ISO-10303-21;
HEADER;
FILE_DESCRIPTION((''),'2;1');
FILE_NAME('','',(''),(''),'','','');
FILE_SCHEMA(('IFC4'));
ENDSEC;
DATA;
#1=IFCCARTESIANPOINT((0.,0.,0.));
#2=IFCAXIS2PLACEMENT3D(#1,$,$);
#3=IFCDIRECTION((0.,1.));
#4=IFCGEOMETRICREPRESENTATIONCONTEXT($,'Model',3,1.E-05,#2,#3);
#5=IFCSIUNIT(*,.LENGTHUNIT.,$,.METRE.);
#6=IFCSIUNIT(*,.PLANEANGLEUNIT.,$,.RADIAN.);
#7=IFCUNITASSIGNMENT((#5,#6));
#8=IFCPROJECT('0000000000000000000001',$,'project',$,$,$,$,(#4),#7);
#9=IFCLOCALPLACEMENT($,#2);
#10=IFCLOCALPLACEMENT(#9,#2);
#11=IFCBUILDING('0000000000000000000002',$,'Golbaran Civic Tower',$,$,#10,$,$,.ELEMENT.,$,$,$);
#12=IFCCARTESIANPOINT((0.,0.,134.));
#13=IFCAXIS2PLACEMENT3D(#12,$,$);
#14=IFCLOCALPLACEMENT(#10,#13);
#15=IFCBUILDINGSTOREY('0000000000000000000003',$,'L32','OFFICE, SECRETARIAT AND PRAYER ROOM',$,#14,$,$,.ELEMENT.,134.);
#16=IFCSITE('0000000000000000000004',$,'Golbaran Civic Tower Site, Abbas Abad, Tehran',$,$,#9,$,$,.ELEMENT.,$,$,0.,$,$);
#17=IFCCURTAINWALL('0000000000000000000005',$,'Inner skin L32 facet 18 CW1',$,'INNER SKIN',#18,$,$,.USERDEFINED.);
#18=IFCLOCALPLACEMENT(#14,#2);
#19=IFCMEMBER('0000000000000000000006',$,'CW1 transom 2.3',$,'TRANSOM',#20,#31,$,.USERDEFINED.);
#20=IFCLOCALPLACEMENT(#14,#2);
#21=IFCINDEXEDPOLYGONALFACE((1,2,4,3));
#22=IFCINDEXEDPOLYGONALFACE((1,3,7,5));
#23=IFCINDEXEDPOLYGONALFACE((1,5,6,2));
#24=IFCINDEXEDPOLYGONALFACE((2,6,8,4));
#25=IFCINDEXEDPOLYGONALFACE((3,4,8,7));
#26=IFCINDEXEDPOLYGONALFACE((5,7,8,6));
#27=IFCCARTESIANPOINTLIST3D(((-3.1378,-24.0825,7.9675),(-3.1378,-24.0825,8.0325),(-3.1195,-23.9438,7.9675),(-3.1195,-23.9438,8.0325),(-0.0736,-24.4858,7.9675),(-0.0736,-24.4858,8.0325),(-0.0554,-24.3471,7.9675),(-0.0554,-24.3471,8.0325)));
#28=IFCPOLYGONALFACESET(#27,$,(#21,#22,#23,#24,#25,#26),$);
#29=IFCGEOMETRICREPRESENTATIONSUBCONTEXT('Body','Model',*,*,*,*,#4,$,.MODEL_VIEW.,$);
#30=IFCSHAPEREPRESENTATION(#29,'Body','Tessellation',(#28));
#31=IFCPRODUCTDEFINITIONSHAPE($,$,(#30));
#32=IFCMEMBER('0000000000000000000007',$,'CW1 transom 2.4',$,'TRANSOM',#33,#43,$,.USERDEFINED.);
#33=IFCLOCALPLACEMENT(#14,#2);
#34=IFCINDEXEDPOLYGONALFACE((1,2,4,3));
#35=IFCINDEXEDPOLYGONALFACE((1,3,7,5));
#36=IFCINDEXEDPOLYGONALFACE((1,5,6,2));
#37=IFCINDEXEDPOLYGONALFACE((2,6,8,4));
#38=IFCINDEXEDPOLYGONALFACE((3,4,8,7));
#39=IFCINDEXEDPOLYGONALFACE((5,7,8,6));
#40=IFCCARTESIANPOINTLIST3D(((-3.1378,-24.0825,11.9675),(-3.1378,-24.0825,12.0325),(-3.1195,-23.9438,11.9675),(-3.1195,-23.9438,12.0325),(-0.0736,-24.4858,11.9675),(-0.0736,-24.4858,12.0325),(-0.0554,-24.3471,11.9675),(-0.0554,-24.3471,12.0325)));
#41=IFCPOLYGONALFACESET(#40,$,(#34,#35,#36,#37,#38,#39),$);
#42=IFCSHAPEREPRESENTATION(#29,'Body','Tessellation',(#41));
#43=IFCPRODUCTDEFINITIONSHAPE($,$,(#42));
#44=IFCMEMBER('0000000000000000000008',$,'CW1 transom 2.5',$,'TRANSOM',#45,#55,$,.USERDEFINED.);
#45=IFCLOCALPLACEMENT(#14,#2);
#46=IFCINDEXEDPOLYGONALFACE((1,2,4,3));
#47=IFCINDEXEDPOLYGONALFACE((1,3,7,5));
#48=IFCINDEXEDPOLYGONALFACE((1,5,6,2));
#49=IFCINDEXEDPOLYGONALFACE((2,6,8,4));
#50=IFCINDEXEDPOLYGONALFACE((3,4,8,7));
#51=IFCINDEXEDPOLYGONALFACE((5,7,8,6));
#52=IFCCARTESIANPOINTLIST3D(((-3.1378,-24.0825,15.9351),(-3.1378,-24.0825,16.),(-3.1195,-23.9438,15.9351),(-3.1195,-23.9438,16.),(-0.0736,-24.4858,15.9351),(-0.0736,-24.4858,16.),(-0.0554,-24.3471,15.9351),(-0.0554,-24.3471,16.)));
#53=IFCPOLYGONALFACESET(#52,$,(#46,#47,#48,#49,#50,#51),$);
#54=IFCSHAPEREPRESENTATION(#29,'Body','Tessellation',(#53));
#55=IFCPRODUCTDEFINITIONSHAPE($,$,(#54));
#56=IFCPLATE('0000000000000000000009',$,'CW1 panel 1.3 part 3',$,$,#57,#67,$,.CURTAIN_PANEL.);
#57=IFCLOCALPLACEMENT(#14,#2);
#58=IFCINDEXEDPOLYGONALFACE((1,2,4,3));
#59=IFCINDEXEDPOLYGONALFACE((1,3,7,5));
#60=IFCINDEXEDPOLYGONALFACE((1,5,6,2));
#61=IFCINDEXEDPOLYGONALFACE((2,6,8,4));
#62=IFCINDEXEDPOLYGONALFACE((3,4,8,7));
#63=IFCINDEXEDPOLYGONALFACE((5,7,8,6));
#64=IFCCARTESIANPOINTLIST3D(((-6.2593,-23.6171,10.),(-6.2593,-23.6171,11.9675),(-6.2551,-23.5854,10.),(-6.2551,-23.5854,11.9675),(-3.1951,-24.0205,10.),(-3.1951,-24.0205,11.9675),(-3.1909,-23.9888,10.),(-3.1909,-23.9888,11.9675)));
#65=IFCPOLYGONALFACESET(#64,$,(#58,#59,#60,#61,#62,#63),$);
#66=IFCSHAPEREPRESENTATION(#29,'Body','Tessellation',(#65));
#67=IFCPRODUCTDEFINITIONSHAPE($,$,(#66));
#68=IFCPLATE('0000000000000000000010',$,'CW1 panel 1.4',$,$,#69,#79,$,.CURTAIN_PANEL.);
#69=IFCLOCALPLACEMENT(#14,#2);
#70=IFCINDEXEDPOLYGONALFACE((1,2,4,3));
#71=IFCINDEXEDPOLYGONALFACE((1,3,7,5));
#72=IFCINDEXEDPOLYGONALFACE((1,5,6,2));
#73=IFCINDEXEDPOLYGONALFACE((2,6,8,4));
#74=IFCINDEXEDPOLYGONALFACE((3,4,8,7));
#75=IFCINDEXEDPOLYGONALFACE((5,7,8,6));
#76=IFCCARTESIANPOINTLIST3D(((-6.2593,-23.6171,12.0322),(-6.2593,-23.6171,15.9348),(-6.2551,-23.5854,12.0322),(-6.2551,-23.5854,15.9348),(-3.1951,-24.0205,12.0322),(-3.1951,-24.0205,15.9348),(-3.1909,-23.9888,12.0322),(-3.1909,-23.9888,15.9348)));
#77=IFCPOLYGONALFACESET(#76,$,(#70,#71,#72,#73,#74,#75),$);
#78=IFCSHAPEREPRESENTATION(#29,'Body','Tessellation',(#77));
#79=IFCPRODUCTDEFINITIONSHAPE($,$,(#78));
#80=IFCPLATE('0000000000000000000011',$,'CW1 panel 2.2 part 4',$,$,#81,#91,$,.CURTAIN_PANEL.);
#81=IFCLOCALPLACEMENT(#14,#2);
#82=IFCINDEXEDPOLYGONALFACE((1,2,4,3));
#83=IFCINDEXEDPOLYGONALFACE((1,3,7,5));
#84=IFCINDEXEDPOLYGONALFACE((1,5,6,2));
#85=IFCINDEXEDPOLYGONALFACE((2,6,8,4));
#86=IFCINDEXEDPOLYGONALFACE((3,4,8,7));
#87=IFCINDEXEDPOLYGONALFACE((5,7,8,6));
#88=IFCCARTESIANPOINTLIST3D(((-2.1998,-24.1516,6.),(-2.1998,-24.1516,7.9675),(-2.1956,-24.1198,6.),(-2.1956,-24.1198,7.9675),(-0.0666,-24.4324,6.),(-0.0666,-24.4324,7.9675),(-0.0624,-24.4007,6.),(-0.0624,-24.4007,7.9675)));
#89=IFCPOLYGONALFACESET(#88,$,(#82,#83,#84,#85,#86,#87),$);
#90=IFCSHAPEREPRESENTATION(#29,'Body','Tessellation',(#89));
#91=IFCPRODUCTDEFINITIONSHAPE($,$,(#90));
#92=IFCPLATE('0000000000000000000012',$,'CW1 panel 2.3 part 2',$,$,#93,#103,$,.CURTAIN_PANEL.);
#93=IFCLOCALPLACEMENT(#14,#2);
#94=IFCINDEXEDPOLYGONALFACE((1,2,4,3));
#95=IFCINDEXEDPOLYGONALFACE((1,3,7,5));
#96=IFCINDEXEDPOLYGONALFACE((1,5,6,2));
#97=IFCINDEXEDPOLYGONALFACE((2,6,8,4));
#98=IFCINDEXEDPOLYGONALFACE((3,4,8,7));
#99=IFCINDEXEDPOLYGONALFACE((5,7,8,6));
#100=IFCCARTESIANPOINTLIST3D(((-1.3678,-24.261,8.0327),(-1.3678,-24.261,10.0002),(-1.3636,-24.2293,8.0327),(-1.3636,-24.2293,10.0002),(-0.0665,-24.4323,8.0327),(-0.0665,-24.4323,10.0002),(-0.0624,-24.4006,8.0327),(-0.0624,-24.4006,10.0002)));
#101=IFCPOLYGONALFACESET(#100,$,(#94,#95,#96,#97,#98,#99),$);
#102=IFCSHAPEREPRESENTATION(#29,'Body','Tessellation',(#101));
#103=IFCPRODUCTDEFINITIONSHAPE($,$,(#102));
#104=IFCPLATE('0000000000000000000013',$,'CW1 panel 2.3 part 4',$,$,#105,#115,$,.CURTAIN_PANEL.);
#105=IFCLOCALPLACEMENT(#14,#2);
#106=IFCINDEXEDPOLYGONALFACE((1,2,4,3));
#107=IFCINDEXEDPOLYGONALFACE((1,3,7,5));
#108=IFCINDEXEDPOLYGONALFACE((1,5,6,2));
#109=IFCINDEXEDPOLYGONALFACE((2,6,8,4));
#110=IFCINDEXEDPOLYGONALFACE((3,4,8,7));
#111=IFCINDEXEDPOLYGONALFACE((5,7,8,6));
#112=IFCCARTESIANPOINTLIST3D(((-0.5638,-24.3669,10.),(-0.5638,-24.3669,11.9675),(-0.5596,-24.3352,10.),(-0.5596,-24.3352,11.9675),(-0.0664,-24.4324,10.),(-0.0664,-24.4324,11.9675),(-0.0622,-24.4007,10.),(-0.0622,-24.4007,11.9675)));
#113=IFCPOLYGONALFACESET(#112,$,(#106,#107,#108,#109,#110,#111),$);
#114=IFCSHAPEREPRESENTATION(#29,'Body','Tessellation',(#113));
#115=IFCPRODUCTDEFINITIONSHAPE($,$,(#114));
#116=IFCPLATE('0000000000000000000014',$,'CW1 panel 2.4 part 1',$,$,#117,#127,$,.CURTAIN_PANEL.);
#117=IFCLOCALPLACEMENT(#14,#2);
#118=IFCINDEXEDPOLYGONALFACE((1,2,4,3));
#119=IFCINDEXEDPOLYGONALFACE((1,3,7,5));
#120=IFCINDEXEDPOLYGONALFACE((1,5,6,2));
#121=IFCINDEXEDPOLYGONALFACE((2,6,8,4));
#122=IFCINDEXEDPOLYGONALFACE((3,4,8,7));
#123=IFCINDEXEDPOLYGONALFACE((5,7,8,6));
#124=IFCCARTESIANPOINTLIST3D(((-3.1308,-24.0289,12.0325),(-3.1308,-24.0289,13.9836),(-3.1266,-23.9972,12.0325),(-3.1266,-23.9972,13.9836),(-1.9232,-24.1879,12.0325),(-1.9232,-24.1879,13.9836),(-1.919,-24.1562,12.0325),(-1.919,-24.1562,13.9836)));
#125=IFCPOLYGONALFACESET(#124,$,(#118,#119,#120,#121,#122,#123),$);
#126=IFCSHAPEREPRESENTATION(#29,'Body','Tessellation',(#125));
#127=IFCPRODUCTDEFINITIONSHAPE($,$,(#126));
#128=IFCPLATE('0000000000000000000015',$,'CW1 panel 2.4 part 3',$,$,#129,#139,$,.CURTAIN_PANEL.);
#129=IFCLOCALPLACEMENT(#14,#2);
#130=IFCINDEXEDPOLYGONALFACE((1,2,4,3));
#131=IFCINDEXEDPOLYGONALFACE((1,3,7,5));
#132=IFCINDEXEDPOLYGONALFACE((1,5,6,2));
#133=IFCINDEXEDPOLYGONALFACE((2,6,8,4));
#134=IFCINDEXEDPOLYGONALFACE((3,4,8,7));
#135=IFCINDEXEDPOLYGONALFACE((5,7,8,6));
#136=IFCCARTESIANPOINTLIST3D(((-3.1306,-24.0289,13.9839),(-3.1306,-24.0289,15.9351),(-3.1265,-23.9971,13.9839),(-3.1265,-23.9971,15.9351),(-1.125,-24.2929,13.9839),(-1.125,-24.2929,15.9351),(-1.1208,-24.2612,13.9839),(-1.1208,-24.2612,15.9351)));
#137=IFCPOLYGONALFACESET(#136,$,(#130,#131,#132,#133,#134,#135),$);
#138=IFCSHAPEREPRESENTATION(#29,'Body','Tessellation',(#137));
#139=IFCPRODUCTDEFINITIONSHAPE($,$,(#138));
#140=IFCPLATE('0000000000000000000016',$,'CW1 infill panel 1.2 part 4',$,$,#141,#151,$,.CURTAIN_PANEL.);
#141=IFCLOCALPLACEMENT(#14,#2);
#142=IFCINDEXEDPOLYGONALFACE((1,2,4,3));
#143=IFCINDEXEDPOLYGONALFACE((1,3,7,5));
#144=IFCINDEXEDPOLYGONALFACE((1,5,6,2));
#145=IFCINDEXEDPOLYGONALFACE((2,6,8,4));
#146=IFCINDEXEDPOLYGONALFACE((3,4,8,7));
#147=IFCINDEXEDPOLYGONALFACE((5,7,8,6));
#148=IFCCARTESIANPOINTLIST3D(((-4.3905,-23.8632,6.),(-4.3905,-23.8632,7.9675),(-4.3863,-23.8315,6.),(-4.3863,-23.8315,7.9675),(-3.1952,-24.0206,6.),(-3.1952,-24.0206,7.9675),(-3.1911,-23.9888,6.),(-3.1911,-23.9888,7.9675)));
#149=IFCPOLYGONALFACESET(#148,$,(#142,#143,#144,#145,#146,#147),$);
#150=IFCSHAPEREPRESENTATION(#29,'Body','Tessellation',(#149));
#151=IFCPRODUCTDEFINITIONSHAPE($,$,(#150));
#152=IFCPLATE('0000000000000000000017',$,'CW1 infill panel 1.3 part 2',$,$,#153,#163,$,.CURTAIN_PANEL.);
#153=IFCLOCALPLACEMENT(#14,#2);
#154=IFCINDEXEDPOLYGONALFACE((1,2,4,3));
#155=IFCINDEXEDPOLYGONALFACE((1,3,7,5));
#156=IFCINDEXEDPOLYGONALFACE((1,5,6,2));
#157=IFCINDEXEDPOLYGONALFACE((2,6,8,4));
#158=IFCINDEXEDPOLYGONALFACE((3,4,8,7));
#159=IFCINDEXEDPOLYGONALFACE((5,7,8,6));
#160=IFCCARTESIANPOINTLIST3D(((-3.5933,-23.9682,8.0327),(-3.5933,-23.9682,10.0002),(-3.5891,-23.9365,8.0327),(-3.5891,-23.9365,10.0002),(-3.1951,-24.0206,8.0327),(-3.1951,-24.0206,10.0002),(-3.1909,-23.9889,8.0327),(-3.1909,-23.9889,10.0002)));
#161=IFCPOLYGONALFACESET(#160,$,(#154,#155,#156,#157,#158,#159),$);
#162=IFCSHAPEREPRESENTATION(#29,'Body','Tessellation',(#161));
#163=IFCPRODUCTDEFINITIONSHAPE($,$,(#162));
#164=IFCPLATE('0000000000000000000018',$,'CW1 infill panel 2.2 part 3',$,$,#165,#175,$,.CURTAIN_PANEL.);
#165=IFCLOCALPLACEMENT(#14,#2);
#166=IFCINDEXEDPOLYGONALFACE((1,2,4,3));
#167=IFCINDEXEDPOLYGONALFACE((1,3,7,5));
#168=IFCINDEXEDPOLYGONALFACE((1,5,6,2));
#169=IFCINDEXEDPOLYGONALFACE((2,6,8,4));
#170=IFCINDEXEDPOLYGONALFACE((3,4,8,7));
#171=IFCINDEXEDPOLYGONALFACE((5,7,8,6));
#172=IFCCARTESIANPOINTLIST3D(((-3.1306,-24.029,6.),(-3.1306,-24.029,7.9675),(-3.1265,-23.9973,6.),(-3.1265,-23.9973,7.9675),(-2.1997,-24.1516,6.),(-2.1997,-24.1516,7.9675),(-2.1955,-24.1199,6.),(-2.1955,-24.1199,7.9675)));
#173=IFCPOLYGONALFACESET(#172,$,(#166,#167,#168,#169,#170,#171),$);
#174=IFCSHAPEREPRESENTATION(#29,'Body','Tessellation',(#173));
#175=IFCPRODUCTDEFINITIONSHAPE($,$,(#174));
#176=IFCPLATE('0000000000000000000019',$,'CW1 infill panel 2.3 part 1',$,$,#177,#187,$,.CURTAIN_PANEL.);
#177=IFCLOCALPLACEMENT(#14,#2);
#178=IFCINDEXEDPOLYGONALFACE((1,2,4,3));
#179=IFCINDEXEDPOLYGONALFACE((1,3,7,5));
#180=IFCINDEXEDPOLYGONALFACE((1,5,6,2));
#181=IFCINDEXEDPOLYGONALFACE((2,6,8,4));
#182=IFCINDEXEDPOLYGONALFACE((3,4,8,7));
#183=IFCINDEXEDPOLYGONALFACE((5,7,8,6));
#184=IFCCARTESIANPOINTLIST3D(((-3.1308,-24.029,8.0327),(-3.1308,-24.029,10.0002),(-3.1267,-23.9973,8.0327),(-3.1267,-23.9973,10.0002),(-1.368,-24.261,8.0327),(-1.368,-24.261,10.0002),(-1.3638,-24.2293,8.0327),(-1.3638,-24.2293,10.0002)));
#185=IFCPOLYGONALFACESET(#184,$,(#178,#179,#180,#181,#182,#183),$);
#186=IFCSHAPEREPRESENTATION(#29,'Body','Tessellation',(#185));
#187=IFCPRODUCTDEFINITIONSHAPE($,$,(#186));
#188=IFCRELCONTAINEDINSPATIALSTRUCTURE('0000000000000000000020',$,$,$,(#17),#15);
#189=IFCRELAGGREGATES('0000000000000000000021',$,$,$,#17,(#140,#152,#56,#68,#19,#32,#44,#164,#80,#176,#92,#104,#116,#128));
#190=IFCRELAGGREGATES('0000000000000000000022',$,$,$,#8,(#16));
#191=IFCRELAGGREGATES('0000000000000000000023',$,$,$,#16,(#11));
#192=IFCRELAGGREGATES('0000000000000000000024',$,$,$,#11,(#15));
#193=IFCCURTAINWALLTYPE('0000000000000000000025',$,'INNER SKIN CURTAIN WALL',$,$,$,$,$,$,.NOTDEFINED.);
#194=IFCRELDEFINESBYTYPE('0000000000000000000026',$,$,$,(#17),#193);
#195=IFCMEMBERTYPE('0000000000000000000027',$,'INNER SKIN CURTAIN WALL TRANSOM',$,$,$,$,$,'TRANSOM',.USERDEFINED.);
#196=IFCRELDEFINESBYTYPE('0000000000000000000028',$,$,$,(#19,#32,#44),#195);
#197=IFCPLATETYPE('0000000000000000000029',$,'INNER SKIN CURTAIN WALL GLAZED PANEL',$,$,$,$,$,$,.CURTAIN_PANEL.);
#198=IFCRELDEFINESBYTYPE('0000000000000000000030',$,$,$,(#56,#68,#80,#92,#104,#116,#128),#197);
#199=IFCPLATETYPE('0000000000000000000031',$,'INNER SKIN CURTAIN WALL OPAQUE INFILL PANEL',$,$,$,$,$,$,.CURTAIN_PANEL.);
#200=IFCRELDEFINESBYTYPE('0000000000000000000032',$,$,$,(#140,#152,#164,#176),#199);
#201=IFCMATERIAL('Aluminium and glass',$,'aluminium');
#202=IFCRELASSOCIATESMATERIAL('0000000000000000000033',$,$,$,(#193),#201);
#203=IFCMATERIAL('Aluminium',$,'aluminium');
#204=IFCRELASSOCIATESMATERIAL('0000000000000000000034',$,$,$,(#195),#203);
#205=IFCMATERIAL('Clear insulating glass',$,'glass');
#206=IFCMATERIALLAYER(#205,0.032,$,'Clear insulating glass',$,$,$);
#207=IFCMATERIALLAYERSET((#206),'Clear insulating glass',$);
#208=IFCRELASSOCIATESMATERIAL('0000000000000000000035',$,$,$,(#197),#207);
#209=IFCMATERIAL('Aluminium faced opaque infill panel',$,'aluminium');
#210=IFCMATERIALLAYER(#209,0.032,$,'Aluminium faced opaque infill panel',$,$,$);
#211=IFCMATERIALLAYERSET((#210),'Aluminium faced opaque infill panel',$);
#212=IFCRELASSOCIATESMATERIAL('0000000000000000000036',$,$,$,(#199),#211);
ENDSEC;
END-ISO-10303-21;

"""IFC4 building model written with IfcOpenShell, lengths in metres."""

from ifc_helpers import new_model, si_unit, direction, frame, origin, origin_2d, place, context, subcontext, project, spatial, rectangle, extrude, material, layer, layer_set, material_profile, profile_set, type_object, element, aggregate, save


model = new_model("IFC4")

# Units and contexts
model_context = context("Model", 3, precision=1e-05, world=origin(), true_north=direction((0.0, 1.0)))
body_context = subcontext(model_context, "Body", "Model", "MODEL_VIEW")
ifc_project = project(units=[si_unit("LENGTHUNIT", "METRE"), si_unit("PLANEANGLEUNIT", "RADIAN")], contexts=[model_context])

# Site, building, storey
site_placement = place(None, origin())
site = spatial("IfcSite", under=ifc_project, at=site_placement, Name="Golbaran Civic Tower Site, Abbas Abad, Tehran", CompositionType="ELEMENT", RefElevation=0.0)
building_placement = place(site_placement, origin())
building = spatial("IfcBuilding", under=site, at=building_placement, Name="Golbaran Civic Tower", CompositionType="ELEMENT")
storey_placement = place(building_placement, frame((0.0, 0.0, 134.0)))
storey = spatial("IfcBuildingStorey", under=building, at=storey_placement, Name="L32", Description="OFFICE, SECRETARIAT AND PRAYER ROOM", CompositionType="ELEMENT", Elevation=134.0)

# Curtain wall, members, plates
ifc_material_1 = material(Name="Aluminium and glass", Category="aluminium")
curtain_wall_type_1 = type_object("IfcCurtainWallType", Name="INNER SKIN CURTAIN WALL", PredefinedType="NOTDEFINED", material=ifc_material_1)
curtain_wall_1_placement = place(storey_placement, origin())
curtain_wall_1 = element("IfcCurtainWall", 1, at=curtain_wall_1_placement, inside=storey, type_object=curtain_wall_type_1, Name="Inner skin L32 facet 18 CW1", ObjectType="INNER SKIN", PredefinedType="USERDEFINED")
ifc_material_2 = material(Name="Aluminium", Category="aluminium")
ifc_material_profile = material_profile(ifc_material_2, rectangle(XDim=0.1399, YDim=0.0649, at=origin_2d()), Name="INNER SKIN CURTAIN WALL TRANSOM")
ifc_profile_set = profile_set([ifc_material_profile], Name="Aluminium")
member_type = type_object("IfcMemberType", Name="INNER SKIN CURTAIN WALL TRANSOM", ElementType="TRANSOM", PredefinedType="USERDEFINED", material=ifc_profile_set)
member_1_placement = place(storey_placement, frame((-3.1287, -24.0132, 8.0), z_axis=(0.991449, -0.130497, 0.0), x_axis=(0.130497, 0.991449, 0.0)))
member_1 = element("IfcMember", 2, at=member_1_placement, type_object=member_type, Name="CW1 transom 2.3", ObjectType="TRANSOM", PredefinedType="USERDEFINED", context=body_context, shape_type="SweptSolid", body=[
    extrude(rectangle(XDim=0.1399, YDim=0.0649, at=origin_2d()), origin(), (0.0, 0.0, 1.0), 3.0906),
])
member_2_placement = place(storey_placement, frame((-3.1287, -24.0132, 12.0), z_axis=(0.991449, -0.130497, 0.0), x_axis=(0.130497, 0.991449, 0.0)))
member_2 = element("IfcMember", 3, at=member_2_placement, type_object=member_type, Name="CW1 transom 2.4", ObjectType="TRANSOM", PredefinedType="USERDEFINED", context=body_context, shape_type="SweptSolid", body=[
    extrude(rectangle(XDim=0.1399, YDim=0.0649, at=origin_2d()), origin(), (0.0, 0.0, 1.0), 3.0906),
])
member_3_placement = place(storey_placement, frame((-3.1287, -24.0132, 15.9675), z_axis=(0.991449, -0.130497, 0.0), x_axis=(0.130497, 0.991449, 0.0)))
member_3 = element("IfcMember", 4, at=member_3_placement, type_object=member_type, Name="CW1 transom 2.5", ObjectType="TRANSOM", PredefinedType="USERDEFINED", context=body_context, shape_type="SweptSolid", body=[
    extrude(rectangle(XDim=0.1399, YDim=0.0649, at=origin_2d()), origin(), (0.0, 0.0, 1.0), 3.0906),
])
ifc_material_3 = material(Name="Clear insulating glass", Category="glass")
ifc_layer_1 = layer(ifc_material_3, 0.032, Name="Clear insulating glass")
ifc_layer_set_1 = layer_set([ifc_layer_1], Name="Clear insulating glass")
plate_type_1 = type_object("IfcPlateType", Name="INNER SKIN CURTAIN WALL GLAZED PANEL", PredefinedType="CURTAIN_PANEL", material=ifc_layer_set_1)
plate_1_placement = place(storey_placement, frame((-4.7251, -23.803, 10.0), z_axis=(0.0, 0.0, 1.0), x_axis=(0.991445, -0.130526, 0.0)))
plate_1 = element("IfcPlate", 5, at=plate_1_placement, type_object=plate_type_1, Name="CW1 panel 1.3 part 3", PredefinedType="CURTAIN_PANEL", context=body_context, shape_type="SweptSolid", body=[
    extrude(rectangle(XDim=3.0906, YDim=0.032, at=origin_2d()), origin(), (0.0, 0.0, 1.0), 1.9675),
])
plate_2_placement = place(storey_placement, frame((-4.7251, -23.803, 12.0322), z_axis=(0.0, 0.0, 1.0), x_axis=(0.991445, -0.130526, 0.0)))
plate_2 = element("IfcPlate", 6, at=plate_2_placement, type_object=plate_type_1, Name="CW1 panel 1.4", PredefinedType="CURTAIN_PANEL", context=body_context, shape_type="SweptSolid", body=[
    extrude(rectangle(XDim=3.0906, YDim=0.032, at=origin_2d()), origin(), (0.0, 0.0, 1.0), 3.9026),
])
plate_3_placement = place(storey_placement, frame((-1.1311, -24.2761, 6.0), z_axis=(0.0, 0.0, 1.0), x_axis=(0.991445, -0.130526, 0.0)))
plate_3 = element("IfcPlate", 7, at=plate_3_placement, type_object=plate_type_1, Name="CW1 panel 2.2 part 4", PredefinedType="CURTAIN_PANEL", context=body_context, shape_type="SweptSolid", body=[
    extrude(rectangle(XDim=2.1516, YDim=0.032, at=origin_2d()), origin(), (0.0, 0.0, 1.0), 1.9675),
])
plate_4_placement = place(storey_placement, frame((-0.7151, -24.3308, 8.0327), z_axis=(0.0, 0.0, 1.0), x_axis=(0.991445, -0.130526, 0.0)))
plate_4 = element("IfcPlate", 8, at=plate_4_placement, type_object=plate_type_1, Name="CW1 panel 2.3 part 2", PredefinedType="CURTAIN_PANEL", context=body_context, shape_type="SweptSolid", body=[
    extrude(rectangle(XDim=1.3125, YDim=0.032, at=origin_2d()), origin(), (0.0, 0.0, 1.0), 1.9675),
])
plate_5_placement = place(storey_placement, frame((-0.313, -24.3838, 10.0), z_axis=(0.0, 0.0, 1.0), x_axis=(0.991445, -0.130526, 0.0)))
plate_5 = element("IfcPlate", 9, at=plate_5_placement, type_object=plate_type_1, Name="CW1 panel 2.3 part 4", PredefinedType="CURTAIN_PANEL", context=body_context, shape_type="SweptSolid", body=[
    extrude(rectangle(XDim=0.5017, YDim=0.032, at=origin_2d()), origin(), (0.0, 0.0, 1.0), 1.9675),
])
plate_6_placement = place(storey_placement, frame((-2.5249, -24.0925, 12.0325), z_axis=(0.0, 0.0, 1.0), x_axis=(0.991445, -0.130526, 0.0)))
plate_6 = element("IfcPlate", 10, at=plate_6_placement, type_object=plate_type_1, Name="CW1 panel 2.4 part 1", PredefinedType="CURTAIN_PANEL", context=body_context, shape_type="SweptSolid", body=[
    extrude(rectangle(XDim=1.218, YDim=0.032, at=origin_2d()), origin(), (0.0, 0.0, 1.0), 1.9512),
])
plate_7_placement = place(storey_placement, frame((-2.1257, -24.145, 13.9839), z_axis=(0.0, 0.0, 1.0), x_axis=(0.991445, -0.130526, 0.0)))
plate_7 = element("IfcPlate", 11, at=plate_7_placement, type_object=plate_type_1, Name="CW1 panel 2.4 part 3", PredefinedType="CURTAIN_PANEL", context=body_context, shape_type="SweptSolid", body=[
    extrude(rectangle(XDim=2.0229, YDim=0.032, at=origin_2d()), origin(), (0.0, 0.0, 1.0), 1.9512),
])
ifc_material_4 = material(Name="Aluminium faced opaque infill panel", Category="aluminium")
ifc_layer_2 = layer(ifc_material_4, 0.032, Name="Aluminium faced opaque infill panel")
ifc_layer_set_2 = layer_set([ifc_layer_2], Name="Aluminium faced opaque infill panel")
plate_type_2 = type_object("IfcPlateType", Name="INNER SKIN CURTAIN WALL OPAQUE INFILL PANEL", PredefinedType="CURTAIN_PANEL", material=ifc_layer_set_2)
plate_8_placement = place(storey_placement, frame((-3.7908, -23.926, 6.0), z_axis=(0.0, 0.0, 1.0), x_axis=(0.991445, -0.130526, 0.0)))
plate_8 = element("IfcPlate", 12, at=plate_8_placement, type_object=plate_type_2, Name="CW1 infill panel 1.2 part 4", PredefinedType="CURTAIN_PANEL", context=body_context, shape_type="SweptSolid", body=[
    extrude(rectangle(XDim=1.2056, YDim=0.032, at=origin_2d()), origin(), (0.0, 0.0, 1.0), 1.9675),
])
plate_9_placement = place(storey_placement, frame((-3.3921, -23.9785, 8.0327), z_axis=(0.0, 0.0, 1.0), x_axis=(0.991445, -0.130526, 0.0)))
plate_9 = element("IfcPlate", 13, at=plate_9_placement, type_object=plate_type_2, Name="CW1 infill panel 1.3 part 2", PredefinedType="CURTAIN_PANEL", context=body_context, shape_type="SweptSolid", body=[
    extrude(rectangle(XDim=0.4016, YDim=0.032, at=origin_2d()), origin(), (0.0, 0.0, 1.0), 1.9675),
])
plate_10_placement = place(storey_placement, frame((-2.6631, -24.0745, 6.0), z_axis=(0.0, 0.0, 1.0), x_axis=(0.991445, -0.130526, 0.0)))
plate_10 = element("IfcPlate", 14, at=plate_10_placement, type_object=plate_type_2, Name="CW1 infill panel 2.2 part 3", PredefinedType="CURTAIN_PANEL", context=body_context, shape_type="SweptSolid", body=[
    extrude(rectangle(XDim=0.939, YDim=0.032, at=origin_2d()), origin(), (0.0, 0.0, 1.0), 1.9675),
])
plate_11_placement = place(storey_placement, frame((-2.2473, -24.1292, 8.0327), z_axis=(0.0, 0.0, 1.0), x_axis=(0.991445, -0.130526, 0.0)))
plate_11 = element("IfcPlate", 15, at=plate_11_placement, type_object=plate_type_2, Name="CW1 infill panel 2.3 part 1", PredefinedType="CURTAIN_PANEL", context=body_context, shape_type="SweptSolid", body=[
    extrude(rectangle(XDim=1.7781, YDim=0.032, at=origin_2d()), origin(), (0.0, 0.0, 1.0), 1.9675),
])
aggregate(curtain_wall_1, [plate_8, plate_9, plate_1, plate_2, member_1, member_2, member_3, plate_10, plate_3, plate_11, plate_4, plate_5, plate_6, plate_7])

save(model, "model.ifc")
